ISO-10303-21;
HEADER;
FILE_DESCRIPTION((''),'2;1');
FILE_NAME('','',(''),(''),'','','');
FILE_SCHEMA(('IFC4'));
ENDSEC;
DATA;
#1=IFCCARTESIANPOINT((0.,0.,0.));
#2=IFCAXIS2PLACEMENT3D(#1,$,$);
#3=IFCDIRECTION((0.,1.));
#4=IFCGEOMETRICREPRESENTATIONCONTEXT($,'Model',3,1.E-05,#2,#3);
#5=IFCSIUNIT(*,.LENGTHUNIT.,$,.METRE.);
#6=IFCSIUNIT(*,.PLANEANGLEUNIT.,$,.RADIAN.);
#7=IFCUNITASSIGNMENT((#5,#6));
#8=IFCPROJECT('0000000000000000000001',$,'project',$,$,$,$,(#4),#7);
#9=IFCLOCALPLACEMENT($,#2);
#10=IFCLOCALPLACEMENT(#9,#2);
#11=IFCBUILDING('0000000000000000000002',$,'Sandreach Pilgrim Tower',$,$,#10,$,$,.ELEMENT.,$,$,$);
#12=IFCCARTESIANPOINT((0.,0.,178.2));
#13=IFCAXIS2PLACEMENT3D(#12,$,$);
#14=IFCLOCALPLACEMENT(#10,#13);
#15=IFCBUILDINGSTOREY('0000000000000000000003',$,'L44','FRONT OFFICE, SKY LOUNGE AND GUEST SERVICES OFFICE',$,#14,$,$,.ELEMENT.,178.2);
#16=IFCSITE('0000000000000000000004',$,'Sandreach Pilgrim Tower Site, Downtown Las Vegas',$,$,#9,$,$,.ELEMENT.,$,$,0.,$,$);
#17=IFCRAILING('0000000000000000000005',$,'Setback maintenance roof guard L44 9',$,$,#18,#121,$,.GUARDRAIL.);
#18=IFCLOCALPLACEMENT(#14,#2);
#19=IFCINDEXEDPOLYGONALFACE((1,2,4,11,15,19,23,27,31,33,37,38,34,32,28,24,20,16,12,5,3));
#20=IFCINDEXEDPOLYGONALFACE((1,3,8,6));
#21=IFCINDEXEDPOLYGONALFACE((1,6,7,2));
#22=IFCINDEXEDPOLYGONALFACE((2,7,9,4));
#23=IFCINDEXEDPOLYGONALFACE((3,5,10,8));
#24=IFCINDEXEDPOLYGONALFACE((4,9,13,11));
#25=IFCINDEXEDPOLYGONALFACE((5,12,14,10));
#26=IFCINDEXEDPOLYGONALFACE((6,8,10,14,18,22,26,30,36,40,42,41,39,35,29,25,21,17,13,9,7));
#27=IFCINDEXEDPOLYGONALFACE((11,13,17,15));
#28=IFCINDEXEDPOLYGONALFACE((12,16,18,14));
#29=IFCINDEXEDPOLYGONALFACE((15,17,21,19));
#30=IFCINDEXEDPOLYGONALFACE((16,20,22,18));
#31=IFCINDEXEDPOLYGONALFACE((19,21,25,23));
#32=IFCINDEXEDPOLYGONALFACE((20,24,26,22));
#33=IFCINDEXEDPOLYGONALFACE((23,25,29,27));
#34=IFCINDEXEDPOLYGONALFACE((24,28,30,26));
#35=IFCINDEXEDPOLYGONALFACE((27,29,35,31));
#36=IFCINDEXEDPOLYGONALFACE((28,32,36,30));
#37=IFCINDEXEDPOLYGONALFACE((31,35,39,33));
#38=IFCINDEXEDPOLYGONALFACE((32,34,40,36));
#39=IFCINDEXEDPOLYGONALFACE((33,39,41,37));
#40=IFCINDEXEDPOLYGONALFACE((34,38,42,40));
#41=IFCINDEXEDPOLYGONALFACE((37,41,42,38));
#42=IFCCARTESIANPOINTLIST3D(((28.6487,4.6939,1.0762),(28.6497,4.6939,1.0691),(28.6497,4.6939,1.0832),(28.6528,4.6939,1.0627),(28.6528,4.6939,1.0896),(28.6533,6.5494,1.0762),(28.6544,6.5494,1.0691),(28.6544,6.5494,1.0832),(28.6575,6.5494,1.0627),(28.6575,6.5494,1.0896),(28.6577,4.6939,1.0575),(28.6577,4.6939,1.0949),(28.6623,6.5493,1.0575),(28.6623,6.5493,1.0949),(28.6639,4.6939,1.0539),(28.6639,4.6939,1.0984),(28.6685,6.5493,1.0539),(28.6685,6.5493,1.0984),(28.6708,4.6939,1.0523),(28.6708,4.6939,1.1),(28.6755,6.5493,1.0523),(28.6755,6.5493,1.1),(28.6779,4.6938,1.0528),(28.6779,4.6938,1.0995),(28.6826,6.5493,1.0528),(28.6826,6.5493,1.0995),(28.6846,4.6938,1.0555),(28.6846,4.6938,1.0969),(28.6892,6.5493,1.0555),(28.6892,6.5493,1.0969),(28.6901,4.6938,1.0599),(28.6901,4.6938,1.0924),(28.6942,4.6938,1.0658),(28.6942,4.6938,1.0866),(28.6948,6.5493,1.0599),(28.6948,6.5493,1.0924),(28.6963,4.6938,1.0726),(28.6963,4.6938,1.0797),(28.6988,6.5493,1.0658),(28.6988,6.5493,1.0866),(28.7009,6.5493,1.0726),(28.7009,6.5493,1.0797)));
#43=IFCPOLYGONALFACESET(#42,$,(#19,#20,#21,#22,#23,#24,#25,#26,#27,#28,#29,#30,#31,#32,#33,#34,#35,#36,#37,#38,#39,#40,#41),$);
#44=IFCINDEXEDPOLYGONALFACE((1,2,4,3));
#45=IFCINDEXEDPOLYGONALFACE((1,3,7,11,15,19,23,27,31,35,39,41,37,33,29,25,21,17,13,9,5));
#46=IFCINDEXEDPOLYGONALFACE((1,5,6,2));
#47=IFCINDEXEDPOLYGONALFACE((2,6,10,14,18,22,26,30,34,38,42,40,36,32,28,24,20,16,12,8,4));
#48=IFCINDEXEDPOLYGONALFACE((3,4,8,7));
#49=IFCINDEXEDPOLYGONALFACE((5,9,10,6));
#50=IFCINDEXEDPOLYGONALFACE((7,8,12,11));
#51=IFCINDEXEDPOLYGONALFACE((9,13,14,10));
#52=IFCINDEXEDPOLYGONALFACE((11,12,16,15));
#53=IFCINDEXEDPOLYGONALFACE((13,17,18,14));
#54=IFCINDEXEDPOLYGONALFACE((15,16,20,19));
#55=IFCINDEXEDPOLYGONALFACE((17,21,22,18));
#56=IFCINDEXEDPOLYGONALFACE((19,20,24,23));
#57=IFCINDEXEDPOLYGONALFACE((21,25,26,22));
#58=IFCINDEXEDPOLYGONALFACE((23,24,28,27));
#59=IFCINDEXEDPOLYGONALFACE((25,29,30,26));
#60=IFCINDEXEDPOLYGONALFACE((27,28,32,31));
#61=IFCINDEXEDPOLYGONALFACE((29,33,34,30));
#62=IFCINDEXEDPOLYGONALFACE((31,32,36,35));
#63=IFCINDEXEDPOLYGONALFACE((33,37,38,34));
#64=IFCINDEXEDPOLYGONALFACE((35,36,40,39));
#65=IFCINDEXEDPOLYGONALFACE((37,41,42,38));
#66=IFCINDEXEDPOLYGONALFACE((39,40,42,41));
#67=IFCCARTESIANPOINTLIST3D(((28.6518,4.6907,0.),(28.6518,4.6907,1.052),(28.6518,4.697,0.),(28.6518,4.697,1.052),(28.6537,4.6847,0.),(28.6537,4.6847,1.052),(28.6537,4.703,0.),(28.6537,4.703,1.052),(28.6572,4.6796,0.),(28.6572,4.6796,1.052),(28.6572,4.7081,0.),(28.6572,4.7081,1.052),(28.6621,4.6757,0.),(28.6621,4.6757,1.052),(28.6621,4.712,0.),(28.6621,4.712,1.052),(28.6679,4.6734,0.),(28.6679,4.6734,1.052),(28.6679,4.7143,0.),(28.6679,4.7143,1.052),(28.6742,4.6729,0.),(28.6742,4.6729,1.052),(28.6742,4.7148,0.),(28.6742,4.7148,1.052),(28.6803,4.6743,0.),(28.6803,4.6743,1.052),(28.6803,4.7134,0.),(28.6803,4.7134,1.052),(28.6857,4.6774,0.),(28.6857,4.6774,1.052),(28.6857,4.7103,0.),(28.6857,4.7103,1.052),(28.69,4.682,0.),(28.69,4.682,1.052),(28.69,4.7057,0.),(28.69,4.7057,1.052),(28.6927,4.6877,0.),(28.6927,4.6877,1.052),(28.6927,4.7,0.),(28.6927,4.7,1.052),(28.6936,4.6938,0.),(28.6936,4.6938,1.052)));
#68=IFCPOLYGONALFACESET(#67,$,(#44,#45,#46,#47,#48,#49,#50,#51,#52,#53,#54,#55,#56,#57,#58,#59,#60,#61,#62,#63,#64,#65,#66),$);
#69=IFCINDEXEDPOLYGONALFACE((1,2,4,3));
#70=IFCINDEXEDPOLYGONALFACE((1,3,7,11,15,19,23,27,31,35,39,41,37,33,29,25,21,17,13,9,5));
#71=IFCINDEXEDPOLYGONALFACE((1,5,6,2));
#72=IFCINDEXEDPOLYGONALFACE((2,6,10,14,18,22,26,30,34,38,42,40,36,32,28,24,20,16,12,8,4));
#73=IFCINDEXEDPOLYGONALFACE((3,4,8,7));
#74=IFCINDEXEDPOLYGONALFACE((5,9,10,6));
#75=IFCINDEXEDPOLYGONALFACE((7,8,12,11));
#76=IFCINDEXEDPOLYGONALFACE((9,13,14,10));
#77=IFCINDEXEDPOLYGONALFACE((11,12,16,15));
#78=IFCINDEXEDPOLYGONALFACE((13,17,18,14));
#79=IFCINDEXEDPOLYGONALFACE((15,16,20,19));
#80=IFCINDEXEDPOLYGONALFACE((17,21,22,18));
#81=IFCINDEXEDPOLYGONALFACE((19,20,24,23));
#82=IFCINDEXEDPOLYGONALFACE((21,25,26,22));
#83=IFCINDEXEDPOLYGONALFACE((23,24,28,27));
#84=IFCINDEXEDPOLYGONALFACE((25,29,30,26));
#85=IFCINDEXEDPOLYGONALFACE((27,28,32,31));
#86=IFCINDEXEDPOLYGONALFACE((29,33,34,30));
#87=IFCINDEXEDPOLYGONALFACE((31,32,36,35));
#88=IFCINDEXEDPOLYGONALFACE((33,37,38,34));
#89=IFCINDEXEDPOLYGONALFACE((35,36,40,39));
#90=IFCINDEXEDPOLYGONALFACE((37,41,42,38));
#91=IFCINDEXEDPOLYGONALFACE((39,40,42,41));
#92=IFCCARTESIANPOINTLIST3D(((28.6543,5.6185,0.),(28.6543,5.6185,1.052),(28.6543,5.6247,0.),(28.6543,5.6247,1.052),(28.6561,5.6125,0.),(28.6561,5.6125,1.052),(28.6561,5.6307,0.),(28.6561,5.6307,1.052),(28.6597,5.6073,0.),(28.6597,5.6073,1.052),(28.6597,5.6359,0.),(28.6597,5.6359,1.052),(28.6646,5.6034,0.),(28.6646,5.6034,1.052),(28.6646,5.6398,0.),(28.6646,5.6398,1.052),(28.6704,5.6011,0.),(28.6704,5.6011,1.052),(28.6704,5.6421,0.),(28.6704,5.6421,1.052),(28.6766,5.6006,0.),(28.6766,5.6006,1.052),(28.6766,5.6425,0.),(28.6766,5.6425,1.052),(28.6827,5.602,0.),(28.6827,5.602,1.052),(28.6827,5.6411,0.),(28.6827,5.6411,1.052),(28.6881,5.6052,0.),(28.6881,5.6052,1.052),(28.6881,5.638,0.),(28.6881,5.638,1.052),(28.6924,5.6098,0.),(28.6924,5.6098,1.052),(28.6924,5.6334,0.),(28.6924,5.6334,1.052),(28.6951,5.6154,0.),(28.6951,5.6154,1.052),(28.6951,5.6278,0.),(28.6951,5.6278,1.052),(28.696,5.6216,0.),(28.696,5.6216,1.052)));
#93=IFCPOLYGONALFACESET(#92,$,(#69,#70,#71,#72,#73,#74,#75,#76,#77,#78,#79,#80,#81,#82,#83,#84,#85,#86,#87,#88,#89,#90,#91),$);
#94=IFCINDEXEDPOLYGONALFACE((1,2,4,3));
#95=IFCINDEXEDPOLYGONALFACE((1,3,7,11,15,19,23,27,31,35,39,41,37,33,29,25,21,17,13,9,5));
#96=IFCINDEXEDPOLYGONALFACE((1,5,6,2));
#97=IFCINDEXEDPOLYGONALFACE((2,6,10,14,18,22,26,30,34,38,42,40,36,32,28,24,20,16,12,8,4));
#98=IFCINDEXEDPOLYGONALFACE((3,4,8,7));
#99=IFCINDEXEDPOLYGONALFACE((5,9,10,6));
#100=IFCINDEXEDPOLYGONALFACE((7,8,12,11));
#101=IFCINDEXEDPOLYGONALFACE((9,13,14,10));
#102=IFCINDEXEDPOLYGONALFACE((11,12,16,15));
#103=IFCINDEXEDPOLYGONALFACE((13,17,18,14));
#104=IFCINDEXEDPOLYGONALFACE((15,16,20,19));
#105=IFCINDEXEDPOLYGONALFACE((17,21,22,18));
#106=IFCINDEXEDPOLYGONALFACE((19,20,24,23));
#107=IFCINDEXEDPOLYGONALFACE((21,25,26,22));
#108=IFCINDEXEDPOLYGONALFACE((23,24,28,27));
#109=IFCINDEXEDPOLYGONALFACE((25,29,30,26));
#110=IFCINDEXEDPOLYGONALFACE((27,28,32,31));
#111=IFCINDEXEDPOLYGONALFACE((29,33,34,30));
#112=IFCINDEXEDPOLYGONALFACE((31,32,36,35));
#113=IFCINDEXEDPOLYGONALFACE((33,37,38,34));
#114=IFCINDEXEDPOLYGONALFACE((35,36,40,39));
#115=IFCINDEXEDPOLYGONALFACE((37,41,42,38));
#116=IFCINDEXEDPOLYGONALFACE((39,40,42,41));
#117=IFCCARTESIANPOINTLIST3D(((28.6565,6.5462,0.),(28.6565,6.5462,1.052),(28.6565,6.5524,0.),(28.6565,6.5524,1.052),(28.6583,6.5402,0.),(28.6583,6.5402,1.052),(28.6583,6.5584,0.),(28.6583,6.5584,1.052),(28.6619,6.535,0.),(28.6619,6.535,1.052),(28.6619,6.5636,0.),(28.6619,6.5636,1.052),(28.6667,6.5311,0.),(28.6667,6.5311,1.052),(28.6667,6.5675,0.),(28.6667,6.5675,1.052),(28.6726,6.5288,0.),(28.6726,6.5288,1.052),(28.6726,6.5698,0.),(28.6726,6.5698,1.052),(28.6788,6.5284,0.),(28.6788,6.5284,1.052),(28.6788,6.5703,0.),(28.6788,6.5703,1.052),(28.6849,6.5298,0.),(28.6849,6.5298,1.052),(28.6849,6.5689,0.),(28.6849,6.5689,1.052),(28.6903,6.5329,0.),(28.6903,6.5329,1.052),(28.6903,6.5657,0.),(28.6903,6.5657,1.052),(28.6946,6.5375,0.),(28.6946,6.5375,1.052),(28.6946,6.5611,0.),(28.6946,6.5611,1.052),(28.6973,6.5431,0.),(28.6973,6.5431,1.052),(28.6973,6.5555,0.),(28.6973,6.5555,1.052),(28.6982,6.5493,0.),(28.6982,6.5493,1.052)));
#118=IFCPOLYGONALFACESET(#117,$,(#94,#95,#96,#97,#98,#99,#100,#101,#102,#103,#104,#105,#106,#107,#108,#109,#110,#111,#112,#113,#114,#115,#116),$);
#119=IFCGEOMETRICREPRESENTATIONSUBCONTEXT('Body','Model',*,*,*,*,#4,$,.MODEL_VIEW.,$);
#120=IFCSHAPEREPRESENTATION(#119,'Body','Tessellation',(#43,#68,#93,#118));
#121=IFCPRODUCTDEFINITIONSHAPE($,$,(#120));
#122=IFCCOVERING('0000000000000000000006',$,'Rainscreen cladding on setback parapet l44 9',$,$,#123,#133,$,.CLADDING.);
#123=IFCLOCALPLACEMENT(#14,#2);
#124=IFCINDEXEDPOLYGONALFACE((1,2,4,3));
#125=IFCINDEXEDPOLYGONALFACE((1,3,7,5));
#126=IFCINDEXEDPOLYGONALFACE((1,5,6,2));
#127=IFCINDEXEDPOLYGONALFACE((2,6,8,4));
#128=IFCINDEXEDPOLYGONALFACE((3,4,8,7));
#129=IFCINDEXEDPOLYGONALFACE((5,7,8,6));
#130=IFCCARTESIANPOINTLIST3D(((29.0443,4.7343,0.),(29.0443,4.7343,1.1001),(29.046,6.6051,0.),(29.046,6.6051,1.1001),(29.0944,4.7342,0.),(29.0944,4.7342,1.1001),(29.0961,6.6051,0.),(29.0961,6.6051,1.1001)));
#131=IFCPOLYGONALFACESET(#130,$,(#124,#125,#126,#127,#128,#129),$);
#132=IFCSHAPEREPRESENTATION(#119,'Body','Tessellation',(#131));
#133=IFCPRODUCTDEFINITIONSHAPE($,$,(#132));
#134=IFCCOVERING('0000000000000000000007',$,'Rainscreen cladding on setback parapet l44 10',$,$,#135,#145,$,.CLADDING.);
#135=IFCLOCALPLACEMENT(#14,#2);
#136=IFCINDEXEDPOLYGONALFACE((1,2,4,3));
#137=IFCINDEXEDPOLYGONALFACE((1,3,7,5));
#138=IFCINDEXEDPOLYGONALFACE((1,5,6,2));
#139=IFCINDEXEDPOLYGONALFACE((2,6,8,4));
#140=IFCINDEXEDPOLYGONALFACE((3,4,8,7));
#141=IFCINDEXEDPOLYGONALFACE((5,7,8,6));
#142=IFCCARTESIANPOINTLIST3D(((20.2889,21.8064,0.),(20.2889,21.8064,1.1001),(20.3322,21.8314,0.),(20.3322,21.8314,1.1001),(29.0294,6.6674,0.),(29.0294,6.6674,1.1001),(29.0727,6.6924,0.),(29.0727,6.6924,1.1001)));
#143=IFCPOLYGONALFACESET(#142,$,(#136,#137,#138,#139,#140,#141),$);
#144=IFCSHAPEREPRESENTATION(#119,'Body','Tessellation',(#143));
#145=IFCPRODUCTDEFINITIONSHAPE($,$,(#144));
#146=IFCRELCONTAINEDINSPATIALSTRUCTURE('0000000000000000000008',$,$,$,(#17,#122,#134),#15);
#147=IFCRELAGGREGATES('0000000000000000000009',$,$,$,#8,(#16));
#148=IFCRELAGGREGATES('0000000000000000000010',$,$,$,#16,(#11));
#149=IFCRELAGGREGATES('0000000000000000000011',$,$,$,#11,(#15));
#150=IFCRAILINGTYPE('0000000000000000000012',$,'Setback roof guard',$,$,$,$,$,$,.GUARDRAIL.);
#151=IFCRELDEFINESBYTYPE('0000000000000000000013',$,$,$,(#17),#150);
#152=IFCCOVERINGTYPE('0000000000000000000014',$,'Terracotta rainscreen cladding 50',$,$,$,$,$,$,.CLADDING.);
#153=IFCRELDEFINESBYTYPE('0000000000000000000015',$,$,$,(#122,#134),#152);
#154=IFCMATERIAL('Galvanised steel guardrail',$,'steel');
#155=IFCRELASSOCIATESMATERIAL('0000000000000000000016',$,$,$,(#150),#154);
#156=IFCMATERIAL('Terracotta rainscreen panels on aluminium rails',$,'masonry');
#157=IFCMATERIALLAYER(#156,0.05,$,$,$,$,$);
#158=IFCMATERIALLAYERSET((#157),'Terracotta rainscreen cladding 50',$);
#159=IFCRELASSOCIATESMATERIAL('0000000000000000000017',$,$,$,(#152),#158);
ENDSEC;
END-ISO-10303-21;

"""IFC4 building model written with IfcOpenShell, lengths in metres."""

from ifc_helpers import new_model, si_unit, direction, frame, frame_2d, origin, origin_2d, place, context, subcontext, project, spatial, rectangle, circle, extrude, material, layer, layer_set, type_object, element, save


model = new_model("IFC4")

# Units and contexts
model_context = context("Model", 3, precision=1e-05, world=origin(), true_north=direction((0.0, 1.0)))
body_context = subcontext(model_context, "Body", "Model", "MODEL_VIEW")
ifc_project = project(units=[si_unit("LENGTHUNIT", "METRE"), si_unit("PLANEANGLEUNIT", "RADIAN")], contexts=[model_context])

# Site, building, storey
site_placement = place(None, origin())
site = spatial("IfcSite", under=ifc_project, at=site_placement, Name="Sandreach Pilgrim Tower Site, Downtown Las Vegas", CompositionType="ELEMENT", RefElevation=0.0)
building_placement = place(site_placement, origin())
building = spatial("IfcBuilding", under=site, at=building_placement, Name="Sandreach Pilgrim Tower", CompositionType="ELEMENT")
storey_placement = place(building_placement, frame((0.0, 0.0, 178.2)))
storey = spatial("IfcBuildingStorey", under=building, at=storey_placement, Name="L44", Description="FRONT OFFICE, SKY LOUNGE AND GUEST SERVICES OFFICE", CompositionType="ELEMENT", Elevation=178.2)

# Railing
ifc_material_1 = material(Name="Galvanised steel guardrail", Category="steel")
railing_type = type_object("IfcRailingType", Name="Setback roof guard", PredefinedType="GUARDRAIL", material=ifc_material_1)
railing_1_placement = place(storey_placement, frame((28.6726, 4.6938, 0.0)))
element("IfcRailing", 1, at=railing_1_placement, inside=storey, type_object=railing_type, Name="Setback maintenance roof guard L44 9", PredefinedType="GUARDRAIL", context=body_context, shape_type="SweptSolid", body=[
    extrude(circle(Radius=0.0239, at=origin_2d()), frame((0.0, 0.0, 1.0762), z_axis=(0.0025, 0.999997, 0.0), x_axis=(-0.999997, 0.0025, 0.0)), (0.0, 0.0, 1.0), 1.8555),
    extrude(circle(Radius=0.021, at=origin_2d()), origin(), (0.0, 0.0, 1.0), 1.052),
    extrude(circle(Radius=0.021, at=origin_2d()), frame((0.0024, 0.9277, 0.0)), (0.0, 0.0, 1.0), 1.052),
    extrude(circle(Radius=0.021, at=origin_2d()), frame((0.0046, 1.8555, 0.0)), (0.0, 0.0, 1.0), 1.052),
])

# Coverings
ifc_material_2 = material(Name="Terracotta rainscreen panels on aluminium rails", Category="masonry")
ifc_layer_1 = layer(ifc_material_2, 0.05)
ifc_layer_set_1 = layer_set([ifc_layer_1], Name="Terracotta rainscreen cladding 50")
covering_type = type_object("IfcCoveringType", Name="Terracotta rainscreen cladding 50", PredefinedType="CLADDING", material=ifc_layer_set_1)
covering_1_placement = place(storey_placement, frame((29.0693, 4.7341, 0.0), z_axis=(0.0, 0.0, 1.0), x_axis=(0.000913, 1.0, 0.0)))
element("IfcCovering", 2, at=covering_1_placement, inside=storey, type_object=covering_type, Name="Rainscreen cladding on setback parapet l44 9", PredefinedType="CLADDING", context=body_context, shape_type="SweptSolid", body=[
    extrude(rectangle(XDim=1.8708, YDim=0.05, at=frame_2d((0.9355, 0.0))), origin(), (0.0, 0.0, 1.0), 1.1001),
])
covering_2_placement = place(storey_placement, frame((29.051, 6.6799, 0.0), z_axis=(0.0, 0.0, 1.0), x_axis=(-0.500001, 0.866025, 0.0)))
element("IfcCovering", 3, at=covering_2_placement, inside=storey, type_object=covering_type, Name="Rainscreen cladding on setback parapet l44 10", PredefinedType="CLADDING", context=body_context, shape_type="SweptSolid", body=[
    extrude(rectangle(XDim=17.481, YDim=0.05, at=frame_2d((8.7405, 0.0))), origin(), (0.0, 0.0, 1.0), 1.1001),
])

save(model, "model.ifc")
